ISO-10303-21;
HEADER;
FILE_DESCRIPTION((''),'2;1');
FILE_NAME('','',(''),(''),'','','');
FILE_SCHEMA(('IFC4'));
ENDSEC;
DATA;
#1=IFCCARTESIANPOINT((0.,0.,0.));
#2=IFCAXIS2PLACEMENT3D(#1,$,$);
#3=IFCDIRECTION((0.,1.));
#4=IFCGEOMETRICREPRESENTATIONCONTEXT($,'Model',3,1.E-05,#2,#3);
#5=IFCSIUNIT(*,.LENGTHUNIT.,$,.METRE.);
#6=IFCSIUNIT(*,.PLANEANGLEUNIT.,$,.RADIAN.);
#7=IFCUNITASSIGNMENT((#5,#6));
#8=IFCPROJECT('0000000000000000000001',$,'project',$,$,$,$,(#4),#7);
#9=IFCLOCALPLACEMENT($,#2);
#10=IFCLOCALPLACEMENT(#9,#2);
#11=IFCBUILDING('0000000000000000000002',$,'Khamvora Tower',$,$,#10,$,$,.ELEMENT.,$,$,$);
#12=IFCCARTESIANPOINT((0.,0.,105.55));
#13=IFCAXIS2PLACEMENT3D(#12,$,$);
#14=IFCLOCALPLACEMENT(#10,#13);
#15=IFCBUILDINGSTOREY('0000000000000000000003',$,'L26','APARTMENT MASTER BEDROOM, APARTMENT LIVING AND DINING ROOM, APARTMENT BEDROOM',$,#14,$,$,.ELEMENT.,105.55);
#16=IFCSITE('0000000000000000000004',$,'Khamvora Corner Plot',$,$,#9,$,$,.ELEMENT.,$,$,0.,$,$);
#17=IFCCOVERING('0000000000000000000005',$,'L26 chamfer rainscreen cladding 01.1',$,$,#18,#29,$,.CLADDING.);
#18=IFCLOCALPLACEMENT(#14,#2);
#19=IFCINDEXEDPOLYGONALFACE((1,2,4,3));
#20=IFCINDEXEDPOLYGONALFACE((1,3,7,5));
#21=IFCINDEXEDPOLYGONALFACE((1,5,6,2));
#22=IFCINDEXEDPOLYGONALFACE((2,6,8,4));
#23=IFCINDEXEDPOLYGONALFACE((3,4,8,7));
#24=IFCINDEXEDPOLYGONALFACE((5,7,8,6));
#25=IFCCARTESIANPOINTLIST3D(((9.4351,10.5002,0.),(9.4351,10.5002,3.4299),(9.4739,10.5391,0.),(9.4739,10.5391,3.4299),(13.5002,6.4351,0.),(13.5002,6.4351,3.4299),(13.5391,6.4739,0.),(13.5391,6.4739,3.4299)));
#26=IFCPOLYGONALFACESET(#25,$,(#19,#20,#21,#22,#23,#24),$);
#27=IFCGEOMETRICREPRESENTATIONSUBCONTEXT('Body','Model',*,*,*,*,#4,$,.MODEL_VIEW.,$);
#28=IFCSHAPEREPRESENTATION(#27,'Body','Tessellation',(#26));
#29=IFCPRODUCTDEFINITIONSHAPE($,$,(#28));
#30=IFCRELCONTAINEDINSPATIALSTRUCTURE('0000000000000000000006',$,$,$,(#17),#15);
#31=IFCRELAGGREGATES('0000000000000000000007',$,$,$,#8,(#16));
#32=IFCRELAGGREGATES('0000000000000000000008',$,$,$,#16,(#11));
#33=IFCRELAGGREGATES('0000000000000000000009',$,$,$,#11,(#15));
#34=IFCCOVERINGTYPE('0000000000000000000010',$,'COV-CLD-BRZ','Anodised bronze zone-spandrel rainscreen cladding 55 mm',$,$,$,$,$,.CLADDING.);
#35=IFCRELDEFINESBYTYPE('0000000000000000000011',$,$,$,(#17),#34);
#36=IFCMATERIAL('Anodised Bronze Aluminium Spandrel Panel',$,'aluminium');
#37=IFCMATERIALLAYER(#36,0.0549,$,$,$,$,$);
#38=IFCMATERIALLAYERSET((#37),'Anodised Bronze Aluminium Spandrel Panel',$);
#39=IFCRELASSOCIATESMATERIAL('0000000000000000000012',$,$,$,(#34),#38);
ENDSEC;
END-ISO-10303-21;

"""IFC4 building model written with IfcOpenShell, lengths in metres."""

from ifc_helpers import new_model, si_unit, direction, frame, origin, origin_2d, place, context, subcontext, project, spatial, rectangle, extrude, material, layer, layer_set, type_object, element, save


model = new_model("IFC4")

# Units and contexts
model_context = context("Model", 3, precision=1e-05, world=origin(), true_north=direction((0.0, 1.0)))
body_context = subcontext(model_context, "Body", "Model", "MODEL_VIEW")
ifc_project = project(units=[si_unit("LENGTHUNIT", "METRE"), si_unit("PLANEANGLEUNIT", "RADIAN")], contexts=[model_context])

# Site, building, storey
site_placement = place(None, origin())
site = spatial("IfcSite", under=ifc_project, at=site_placement, Name="Khamvora Corner Plot", CompositionType="ELEMENT", RefElevation=0.0)
building_placement = place(site_placement, origin())
building = spatial("IfcBuilding", under=site, at=building_placement, Name="Khamvora Tower", CompositionType="ELEMENT")
storey_placement = place(building_placement, frame((0.0, 0.0, 105.55)))
storey = spatial("IfcBuildingStorey", under=building, at=storey_placement, Name="L26", Description="APARTMENT MASTER BEDROOM, APARTMENT LIVING AND DINING ROOM, APARTMENT BEDROOM", CompositionType="ELEMENT", Elevation=105.55)

# Covering
ifc_material_1 = material(Name="Anodised Bronze Aluminium Spandrel Panel", Category="aluminium")
ifc_layer_1 = layer(ifc_material_1, 0.0549)
ifc_layer_set_1 = layer_set([ifc_layer_1], Name="Anodised Bronze Aluminium Spandrel Panel")
covering_type = type_object("IfcCoveringType", Name="COV-CLD-BRZ", Description="Anodised bronze zone-spandrel rainscreen cladding 55 mm", PredefinedType="CLADDING", material=ifc_layer_set_1)
covering_placement = place(storey_placement, frame((11.4871, 8.4871, 0.0), z_axis=(0.0, 0.0, 1.0), x_axis=(-0.707107, 0.707107, 0.0)))
element("IfcCovering", 1, at=covering_placement, inside=storey, type_object=covering_type, Name="L26 chamfer rainscreen cladding 01.1", PredefinedType="CLADDING", context=body_context, shape_type="SweptSolid", body=[
    extrude(rectangle(XDim=5.749, YDim=0.0549, at=origin_2d()), origin(), (0.0, 0.0, 1.0), 3.4299),
])

save(model, "model.ifc")
